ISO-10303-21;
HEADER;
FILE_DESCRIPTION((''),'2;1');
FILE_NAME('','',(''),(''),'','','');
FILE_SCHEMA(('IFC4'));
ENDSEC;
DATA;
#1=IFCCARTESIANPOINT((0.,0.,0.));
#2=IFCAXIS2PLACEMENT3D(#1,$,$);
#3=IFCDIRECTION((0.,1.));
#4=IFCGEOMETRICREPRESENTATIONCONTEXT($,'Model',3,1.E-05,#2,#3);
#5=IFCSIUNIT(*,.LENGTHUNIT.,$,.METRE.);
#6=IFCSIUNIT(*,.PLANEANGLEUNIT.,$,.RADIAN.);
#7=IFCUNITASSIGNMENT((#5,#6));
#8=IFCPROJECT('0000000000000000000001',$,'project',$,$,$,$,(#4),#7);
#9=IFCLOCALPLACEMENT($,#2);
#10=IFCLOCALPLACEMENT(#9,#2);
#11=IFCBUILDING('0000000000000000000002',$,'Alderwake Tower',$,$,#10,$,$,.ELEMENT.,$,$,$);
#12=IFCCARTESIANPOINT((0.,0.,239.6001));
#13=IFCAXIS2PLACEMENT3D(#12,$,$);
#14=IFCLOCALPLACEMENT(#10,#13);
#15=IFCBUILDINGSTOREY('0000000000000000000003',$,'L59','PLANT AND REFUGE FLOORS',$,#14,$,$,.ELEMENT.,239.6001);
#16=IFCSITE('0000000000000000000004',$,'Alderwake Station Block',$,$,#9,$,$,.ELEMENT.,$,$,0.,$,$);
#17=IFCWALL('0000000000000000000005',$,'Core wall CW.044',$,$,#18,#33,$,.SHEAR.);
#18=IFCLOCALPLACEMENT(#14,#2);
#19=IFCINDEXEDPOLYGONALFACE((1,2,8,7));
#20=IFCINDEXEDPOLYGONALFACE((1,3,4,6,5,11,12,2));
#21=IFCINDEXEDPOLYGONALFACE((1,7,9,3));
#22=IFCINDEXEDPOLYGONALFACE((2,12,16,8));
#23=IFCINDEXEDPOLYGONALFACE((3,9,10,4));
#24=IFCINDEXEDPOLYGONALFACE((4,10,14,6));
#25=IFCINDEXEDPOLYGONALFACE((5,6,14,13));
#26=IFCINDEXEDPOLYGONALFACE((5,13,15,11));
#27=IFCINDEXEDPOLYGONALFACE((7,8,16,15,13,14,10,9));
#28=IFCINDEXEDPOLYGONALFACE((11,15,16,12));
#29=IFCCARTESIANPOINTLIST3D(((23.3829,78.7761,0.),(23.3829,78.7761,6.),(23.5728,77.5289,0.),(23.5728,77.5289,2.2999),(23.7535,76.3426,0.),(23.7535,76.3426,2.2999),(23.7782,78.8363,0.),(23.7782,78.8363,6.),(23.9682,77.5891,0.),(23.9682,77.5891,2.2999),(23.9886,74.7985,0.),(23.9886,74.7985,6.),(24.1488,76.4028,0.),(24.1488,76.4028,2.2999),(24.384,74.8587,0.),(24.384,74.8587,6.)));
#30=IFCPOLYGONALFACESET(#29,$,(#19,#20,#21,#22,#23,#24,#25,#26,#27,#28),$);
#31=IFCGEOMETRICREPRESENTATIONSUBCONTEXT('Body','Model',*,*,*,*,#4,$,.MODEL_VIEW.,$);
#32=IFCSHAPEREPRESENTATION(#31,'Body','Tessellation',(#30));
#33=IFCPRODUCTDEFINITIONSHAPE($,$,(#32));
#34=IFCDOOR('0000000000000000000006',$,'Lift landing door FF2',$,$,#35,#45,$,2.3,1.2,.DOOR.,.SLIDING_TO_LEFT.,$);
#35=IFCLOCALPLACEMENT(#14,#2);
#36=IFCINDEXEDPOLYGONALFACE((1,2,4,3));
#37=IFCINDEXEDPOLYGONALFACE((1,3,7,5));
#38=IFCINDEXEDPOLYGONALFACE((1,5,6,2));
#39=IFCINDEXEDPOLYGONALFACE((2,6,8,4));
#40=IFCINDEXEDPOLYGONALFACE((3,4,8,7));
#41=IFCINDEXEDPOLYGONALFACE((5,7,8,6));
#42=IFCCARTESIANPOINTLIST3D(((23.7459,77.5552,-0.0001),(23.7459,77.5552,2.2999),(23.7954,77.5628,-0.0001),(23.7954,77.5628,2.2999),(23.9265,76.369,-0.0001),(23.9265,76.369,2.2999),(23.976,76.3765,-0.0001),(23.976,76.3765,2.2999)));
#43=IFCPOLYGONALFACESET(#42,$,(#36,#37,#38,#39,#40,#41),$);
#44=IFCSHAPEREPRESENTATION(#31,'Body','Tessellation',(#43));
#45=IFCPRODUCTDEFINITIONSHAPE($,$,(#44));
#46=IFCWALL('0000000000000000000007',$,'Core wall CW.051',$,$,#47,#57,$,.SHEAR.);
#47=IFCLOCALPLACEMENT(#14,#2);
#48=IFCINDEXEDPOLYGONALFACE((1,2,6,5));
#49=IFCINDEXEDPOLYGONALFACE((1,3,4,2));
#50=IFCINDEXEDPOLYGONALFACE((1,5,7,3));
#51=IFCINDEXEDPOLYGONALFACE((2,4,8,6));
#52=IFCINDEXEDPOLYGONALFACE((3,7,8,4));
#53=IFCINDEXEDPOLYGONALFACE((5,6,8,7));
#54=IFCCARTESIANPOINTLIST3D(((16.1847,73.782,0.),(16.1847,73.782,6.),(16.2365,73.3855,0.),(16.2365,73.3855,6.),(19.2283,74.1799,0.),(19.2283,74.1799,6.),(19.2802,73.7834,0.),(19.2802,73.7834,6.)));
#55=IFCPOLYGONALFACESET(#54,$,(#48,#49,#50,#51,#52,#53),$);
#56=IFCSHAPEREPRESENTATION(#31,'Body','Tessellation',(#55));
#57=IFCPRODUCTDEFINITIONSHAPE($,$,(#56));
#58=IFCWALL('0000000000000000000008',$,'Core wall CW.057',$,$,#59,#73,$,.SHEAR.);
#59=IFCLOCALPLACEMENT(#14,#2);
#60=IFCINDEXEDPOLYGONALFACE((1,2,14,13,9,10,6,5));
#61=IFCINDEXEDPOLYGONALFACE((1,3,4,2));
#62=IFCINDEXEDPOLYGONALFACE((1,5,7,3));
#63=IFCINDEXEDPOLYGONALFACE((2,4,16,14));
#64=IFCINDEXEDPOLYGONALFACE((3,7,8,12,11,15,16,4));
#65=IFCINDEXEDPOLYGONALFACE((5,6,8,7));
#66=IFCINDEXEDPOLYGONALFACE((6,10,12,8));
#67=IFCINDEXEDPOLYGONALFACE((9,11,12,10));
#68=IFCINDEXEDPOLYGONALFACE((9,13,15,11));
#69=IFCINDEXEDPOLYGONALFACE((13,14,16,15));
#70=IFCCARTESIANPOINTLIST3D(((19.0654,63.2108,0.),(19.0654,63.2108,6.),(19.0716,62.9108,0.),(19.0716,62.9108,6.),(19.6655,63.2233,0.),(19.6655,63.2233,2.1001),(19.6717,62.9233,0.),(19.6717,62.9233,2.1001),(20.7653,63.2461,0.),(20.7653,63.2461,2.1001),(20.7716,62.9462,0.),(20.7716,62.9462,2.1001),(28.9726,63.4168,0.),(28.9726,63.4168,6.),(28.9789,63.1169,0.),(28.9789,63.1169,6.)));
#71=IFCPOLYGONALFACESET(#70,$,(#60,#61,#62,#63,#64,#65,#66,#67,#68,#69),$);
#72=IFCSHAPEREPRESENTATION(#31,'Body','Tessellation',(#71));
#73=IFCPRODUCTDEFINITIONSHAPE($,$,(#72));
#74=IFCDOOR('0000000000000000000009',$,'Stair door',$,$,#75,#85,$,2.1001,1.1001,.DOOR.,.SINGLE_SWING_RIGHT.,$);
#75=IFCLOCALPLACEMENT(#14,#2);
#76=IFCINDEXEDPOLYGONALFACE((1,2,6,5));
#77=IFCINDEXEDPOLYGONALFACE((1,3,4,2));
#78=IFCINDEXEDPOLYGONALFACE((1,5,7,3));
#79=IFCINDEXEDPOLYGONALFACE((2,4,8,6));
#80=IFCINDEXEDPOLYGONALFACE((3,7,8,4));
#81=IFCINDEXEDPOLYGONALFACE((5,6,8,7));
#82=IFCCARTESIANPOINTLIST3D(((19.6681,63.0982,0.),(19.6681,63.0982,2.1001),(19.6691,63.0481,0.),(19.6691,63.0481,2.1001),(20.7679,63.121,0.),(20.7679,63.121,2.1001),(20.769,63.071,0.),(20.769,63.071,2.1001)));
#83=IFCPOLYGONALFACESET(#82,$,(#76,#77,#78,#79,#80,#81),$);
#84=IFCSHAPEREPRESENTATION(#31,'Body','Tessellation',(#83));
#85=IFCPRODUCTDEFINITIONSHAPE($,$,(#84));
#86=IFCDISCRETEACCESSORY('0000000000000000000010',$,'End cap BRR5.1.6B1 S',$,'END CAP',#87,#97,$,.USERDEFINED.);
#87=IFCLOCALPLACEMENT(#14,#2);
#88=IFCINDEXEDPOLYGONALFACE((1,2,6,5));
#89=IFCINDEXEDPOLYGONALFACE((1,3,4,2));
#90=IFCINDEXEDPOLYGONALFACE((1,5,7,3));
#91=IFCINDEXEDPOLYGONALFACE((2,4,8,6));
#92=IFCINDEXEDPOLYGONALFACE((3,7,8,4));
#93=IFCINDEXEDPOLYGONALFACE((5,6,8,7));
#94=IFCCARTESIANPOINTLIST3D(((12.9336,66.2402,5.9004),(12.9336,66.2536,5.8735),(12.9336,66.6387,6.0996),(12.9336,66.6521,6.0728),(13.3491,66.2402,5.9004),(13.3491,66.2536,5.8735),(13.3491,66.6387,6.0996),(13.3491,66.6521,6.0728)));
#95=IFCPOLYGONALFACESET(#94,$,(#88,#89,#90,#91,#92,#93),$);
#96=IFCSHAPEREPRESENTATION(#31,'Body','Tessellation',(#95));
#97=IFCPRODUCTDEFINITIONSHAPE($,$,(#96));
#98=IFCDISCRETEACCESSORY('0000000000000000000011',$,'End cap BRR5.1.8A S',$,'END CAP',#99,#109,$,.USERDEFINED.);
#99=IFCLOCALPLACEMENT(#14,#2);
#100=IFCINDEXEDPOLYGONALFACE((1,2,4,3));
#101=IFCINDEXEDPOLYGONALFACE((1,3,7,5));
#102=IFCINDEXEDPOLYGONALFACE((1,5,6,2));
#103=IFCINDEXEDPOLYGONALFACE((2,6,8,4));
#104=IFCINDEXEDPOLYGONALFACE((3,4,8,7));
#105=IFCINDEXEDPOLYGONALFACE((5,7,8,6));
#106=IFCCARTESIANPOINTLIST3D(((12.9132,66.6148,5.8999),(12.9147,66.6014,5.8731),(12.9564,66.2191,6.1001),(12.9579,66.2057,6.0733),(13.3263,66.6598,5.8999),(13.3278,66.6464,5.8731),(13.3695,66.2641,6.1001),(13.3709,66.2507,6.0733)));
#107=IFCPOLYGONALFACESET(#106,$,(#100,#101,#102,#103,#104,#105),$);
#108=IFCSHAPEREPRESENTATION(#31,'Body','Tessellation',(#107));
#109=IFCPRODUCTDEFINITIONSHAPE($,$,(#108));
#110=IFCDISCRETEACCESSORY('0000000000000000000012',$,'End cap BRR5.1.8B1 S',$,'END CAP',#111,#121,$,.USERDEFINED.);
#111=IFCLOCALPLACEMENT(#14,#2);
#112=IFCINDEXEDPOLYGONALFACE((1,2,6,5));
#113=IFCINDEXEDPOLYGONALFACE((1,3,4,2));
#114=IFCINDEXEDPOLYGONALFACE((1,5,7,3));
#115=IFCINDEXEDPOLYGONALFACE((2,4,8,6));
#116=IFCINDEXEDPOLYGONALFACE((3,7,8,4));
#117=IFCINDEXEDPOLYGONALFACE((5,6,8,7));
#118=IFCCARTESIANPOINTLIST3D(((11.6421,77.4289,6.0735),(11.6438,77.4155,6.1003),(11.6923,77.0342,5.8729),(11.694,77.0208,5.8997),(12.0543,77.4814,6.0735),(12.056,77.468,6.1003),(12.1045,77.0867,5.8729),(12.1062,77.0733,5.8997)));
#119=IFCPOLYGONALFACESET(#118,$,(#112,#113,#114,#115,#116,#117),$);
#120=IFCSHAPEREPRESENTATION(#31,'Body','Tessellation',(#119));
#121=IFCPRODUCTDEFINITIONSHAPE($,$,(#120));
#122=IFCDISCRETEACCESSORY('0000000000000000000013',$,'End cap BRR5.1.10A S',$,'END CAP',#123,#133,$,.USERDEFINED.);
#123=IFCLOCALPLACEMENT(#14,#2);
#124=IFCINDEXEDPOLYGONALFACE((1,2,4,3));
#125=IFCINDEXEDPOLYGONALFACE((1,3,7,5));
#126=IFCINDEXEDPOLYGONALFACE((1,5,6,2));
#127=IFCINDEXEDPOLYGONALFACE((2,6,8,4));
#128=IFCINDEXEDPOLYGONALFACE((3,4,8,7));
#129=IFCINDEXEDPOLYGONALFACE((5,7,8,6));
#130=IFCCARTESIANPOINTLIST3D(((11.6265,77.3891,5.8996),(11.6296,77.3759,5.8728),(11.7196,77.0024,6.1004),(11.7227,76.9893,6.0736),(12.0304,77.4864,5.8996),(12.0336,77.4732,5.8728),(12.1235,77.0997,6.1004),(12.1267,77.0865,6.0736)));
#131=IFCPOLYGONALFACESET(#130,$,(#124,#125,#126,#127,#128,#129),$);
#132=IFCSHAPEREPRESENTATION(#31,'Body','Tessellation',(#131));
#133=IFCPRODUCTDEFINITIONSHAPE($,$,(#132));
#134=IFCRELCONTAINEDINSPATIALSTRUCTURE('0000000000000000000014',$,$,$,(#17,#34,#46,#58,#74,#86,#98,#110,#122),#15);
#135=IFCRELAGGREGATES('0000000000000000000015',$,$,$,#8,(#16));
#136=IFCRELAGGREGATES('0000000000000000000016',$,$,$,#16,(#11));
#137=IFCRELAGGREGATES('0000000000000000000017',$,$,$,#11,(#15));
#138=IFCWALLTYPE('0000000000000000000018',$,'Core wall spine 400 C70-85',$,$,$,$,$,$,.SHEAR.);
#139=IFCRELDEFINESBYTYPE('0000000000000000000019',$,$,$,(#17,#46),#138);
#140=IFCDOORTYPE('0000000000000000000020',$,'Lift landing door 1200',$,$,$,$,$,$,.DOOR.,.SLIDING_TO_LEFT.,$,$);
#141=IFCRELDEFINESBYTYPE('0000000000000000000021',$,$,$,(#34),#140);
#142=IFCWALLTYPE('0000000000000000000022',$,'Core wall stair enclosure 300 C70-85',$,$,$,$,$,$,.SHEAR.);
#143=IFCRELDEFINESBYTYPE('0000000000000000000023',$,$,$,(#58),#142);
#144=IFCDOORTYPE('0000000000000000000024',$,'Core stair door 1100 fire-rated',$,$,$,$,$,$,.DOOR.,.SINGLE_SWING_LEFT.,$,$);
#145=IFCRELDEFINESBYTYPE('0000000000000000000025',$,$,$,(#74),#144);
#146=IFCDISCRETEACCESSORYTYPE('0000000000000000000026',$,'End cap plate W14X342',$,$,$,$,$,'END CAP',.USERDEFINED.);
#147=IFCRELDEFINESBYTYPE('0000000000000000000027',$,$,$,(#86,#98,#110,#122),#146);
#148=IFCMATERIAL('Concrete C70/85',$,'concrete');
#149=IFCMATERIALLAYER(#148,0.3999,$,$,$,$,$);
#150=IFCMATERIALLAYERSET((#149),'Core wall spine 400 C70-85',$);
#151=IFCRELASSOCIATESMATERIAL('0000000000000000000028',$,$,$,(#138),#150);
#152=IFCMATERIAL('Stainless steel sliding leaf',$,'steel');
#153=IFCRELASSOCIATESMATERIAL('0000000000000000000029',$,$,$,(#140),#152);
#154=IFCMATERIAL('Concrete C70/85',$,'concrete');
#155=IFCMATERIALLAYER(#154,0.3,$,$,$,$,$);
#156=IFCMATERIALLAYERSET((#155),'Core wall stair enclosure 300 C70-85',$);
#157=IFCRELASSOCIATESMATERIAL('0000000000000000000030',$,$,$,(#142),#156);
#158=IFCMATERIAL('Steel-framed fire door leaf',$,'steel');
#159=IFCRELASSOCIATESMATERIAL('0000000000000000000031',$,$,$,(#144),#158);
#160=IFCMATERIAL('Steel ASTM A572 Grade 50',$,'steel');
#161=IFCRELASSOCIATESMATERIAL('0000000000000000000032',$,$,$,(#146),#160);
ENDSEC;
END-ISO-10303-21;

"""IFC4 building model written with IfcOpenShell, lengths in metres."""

from ifc_helpers import new_model, si_unit, direction, frame, frame_2d, origin, origin_2d, place, context, subcontext, project, spatial, rectangle, extrude, material, layer, layer_set, material_profile, profile_set, type_object, element, fill, save


model = new_model("IFC4")

# Units and contexts
model_context = context("Model", 3, precision=1e-05, world=origin(), true_north=direction((0.0, 1.0)))
body_context = subcontext(model_context, "Body", "Model", "MODEL_VIEW")
ifc_project = project(units=[si_unit("LENGTHUNIT", "METRE"), si_unit("PLANEANGLEUNIT", "RADIAN")], contexts=[model_context])

# Site, building, storey
site_placement = place(None, origin())
site = spatial("IfcSite", under=ifc_project, at=site_placement, Name="Alderwake Station Block", CompositionType="ELEMENT", RefElevation=0.0)
building_placement = place(site_placement, origin())
building = spatial("IfcBuilding", under=site, at=building_placement, Name="Alderwake Tower", CompositionType="ELEMENT")
storey_placement = place(building_placement, frame((0.0, 0.0, 239.6001)))
storey = spatial("IfcBuildingStorey", under=building, at=storey_placement, Name="L59", Description="PLANT AND REFUGE FLOORS", CompositionType="ELEMENT", Elevation=239.6001)

# Shared definitions
ifc_material_1 = material(Name="Concrete C70/85", Category="concrete")
ifc_layer_1 = layer(ifc_material_1, 0.3999)
ifc_layer_set_1 = layer_set([ifc_layer_1], Name="Core wall spine 400 C70-85")
wall_type_1 = type_object("IfcWallType", Name="Core wall spine 400 C70-85", PredefinedType="SHEAR", material=ifc_layer_set_1)

# Wall, opening, door
ifc_material_2 = material(Name="Stainless steel sliding leaf", Category="steel")
door_type_1 = type_object("IfcDoorType", Name="Lift landing door 1200", OperationType="SLIDING_TO_LEFT", PredefinedType="DOOR", material=ifc_material_2)
wall_1_placement = place(storey_placement, frame((24.1863, 74.8286, 0.0), z_axis=(0.0, 0.0, 1.0), x_axis=(-0.150548, 0.988603, 0.0)))
wall_1 = element("IfcWall", 1, at=wall_1_placement, inside=storey, type_object=wall_type_1, Name="Core wall CW.044", PredefinedType="SHEAR", context=body_context, shape_type="SweptSolid", body=[
    extrude(rectangle(XDim=4.0234, YDim=0.3999, at=frame_2d((2.0117, 0.0))), origin(), (0.0, 0.0, 1.0), 6.0),
])
opening_1_placement = place(wall_1_placement, frame((1.5618, 0.0, 0.0)))
opening_1 = element("IfcOpeningElement", 2, at=opening_1_placement, cuts=wall_1, PredefinedType="OPENING", context=body_context, shape_type="SweptSolid", body=[
    extrude(rectangle(XDim=1.2, YDim=2.3, at=frame_2d((0.6001, 1.1499))), frame((0.0, 0.21, 0.0), z_axis=(0.0, -1.0, 0.0), x_axis=(1.0, 0.0, 0.0)), (0.0, 0.0, 1.0), 0.4199),
])
door_1_placement = place(opening_1_placement, origin())
door_1 = element("IfcDoor", 3, at=door_1_placement, inside=storey, type_object=door_type_1, Name="Lift landing door FF2", OperationType="SLIDING_TO_LEFT", OverallHeight=2.3, OverallWidth=1.2, PredefinedType="DOOR", context=body_context, shape_type="SweptSolid", body=[
    extrude(rectangle(XDim=1.2, YDim=2.3, at=frame_2d((0.6001, 1.1499))), frame((0.0, 0.0249, 0.0), z_axis=(0.0, -1.0, 0.0), x_axis=(1.0, 0.0, 0.0)), (0.0, 0.0, 1.0), 0.05),
])
fill(opening_1, door_1)

# Wall
wall_2_placement = place(storey_placement, frame((16.2107, 73.5837, 0.0), z_axis=(0.0, 0.0, 1.0), x_axis=(0.991561, 0.129642, 0.0)))
element("IfcWall", 4, at=wall_2_placement, inside=storey, type_object=wall_type_1, Name="Core wall CW.051", PredefinedType="SHEAR", context=body_context, shape_type="SweptSolid", body=[
    extrude(rectangle(XDim=3.0696, YDim=0.3999, at=frame_2d((1.5347, 0.0))), origin(), (0.0, 0.0, 1.0), 6.0),
])

# Wall, opening, door
ifc_material_3 = material(Name="Concrete C70/85", Category="concrete")
ifc_layer_2 = layer(ifc_material_3, 0.3)
ifc_layer_set_2 = layer_set([ifc_layer_2], Name="Core wall stair enclosure 300 C70-85")
wall_type_2 = type_object("IfcWallType", Name="Core wall stair enclosure 300 C70-85", PredefinedType="SHEAR", material=ifc_layer_set_2)
wall_3_placement = place(storey_placement, frame((19.0686, 63.0608, 0.0), z_axis=(0.0, 0.0, 1.0), x_axis=(0.999784, 0.020794, 0.0)))
wall_3 = element("IfcWall", 5, at=wall_3_placement, inside=storey, type_object=wall_type_2, Name="Core wall CW.057", PredefinedType="SHEAR", context=body_context, shape_type="SweptSolid", body=[
    extrude(rectangle(XDim=9.9094, YDim=0.3, at=frame_2d((4.9546, 0.0))), origin(), (0.0, 0.0, 1.0), 6.0),
])
opening_2_placement = place(wall_3_placement, frame((0.6001, 0.0, 0.0)))
opening_2 = element("IfcOpeningElement", 6, at=opening_2_placement, cuts=wall_3, PredefinedType="OPENING", context=body_context, shape_type="SweptSolid", body=[
    extrude(rectangle(XDim=1.1001, YDim=2.1001, at=frame_2d((0.55, 1.05))), frame((0.0, 0.1599, 0.0), z_axis=(0.0, -1.0, 0.0), x_axis=(1.0, 0.0, 0.0)), (0.0, 0.0, 1.0), 0.3201),
])
ifc_material_4 = material(Name="Steel-framed fire door leaf", Category="steel")
door_type_2 = type_object("IfcDoorType", Name="Core stair door 1100 fire-rated", OperationType="SINGLE_SWING_LEFT", PredefinedType="DOOR", material=ifc_material_4)
door_2_placement = place(opening_2_placement, origin())
door_2 = element("IfcDoor", 7, at=door_2_placement, inside=storey, type_object=door_type_2, Name="Stair door", OperationType="SINGLE_SWING_RIGHT", OverallHeight=2.1001, OverallWidth=1.1001, PredefinedType="DOOR", context=body_context, shape_type="SweptSolid", body=[
    extrude(rectangle(XDim=1.1001, YDim=2.1001, at=frame_2d((0.55, 1.05))), frame((0.0, 0.0249, 0.0), z_axis=(0.0, -1.0, 0.0), x_axis=(1.0, 0.0, 0.0)), (0.0, 0.0, 1.0), 0.05),
])
fill(opening_2, door_2)

# Discrete accessories
ifc_material_5 = material(Name="Steel ASTM A572 Grade 50", Category="steel")
ifc_material_profile = material_profile(ifc_material_5, rectangle(XDim=0.4155, YDim=0.4456, at=origin_2d()), Name="W14X342 cap")
ifc_profile_set = profile_set([ifc_material_profile], Name="Steel ASTM A572 Grade 50")
discrete_accessory_type = type_object("IfcDiscreteAccessoryType", Name="End cap plate W14X342", ElementType="END CAP", PredefinedType="USERDEFINED", material=ifc_profile_set)
for number, where, z_axis, x_axis, name in (
    (8, (13.1414, 66.4395, 6.0), (0.0, 0.447214, -0.894427), (-1.0, 0.0, 0.0), "End cap BRR5.1.6B1 S"),
    (9, (13.1414, 66.4395, 6.0), (0.048729, -0.446682, -0.893365), (0.994102, 0.108448, 0.0), "End cap BRR5.1.8A S"),
    (10, (11.875, 77.2444, 6.0), (-0.056826, 0.446491, -0.892982), (-0.991998, -0.126254, 0.0), "End cap BRR5.1.8B1 S"),
    (11, (11.875, 77.2444, 6.0), (0.105496, -0.438214, -0.892658), (0.972224, 0.234054, 0.0), "End cap BRR5.1.10A S"),
):
    element("IfcDiscreteAccessory", number, at=place(storey_placement, frame(where, z_axis=z_axis, x_axis=x_axis)), inside=storey, type_object=discrete_accessory_type, Name=name, ObjectType="END CAP", PredefinedType="USERDEFINED", context=body_context, shape_type="SweptSolid", body=[
        extrude(rectangle(XDim=0.4155, YDim=0.4456, at=origin_2d()), origin(), (0.0, 0.0, 1.0), 0.03),
    ])

save(model, "model.ifc")
